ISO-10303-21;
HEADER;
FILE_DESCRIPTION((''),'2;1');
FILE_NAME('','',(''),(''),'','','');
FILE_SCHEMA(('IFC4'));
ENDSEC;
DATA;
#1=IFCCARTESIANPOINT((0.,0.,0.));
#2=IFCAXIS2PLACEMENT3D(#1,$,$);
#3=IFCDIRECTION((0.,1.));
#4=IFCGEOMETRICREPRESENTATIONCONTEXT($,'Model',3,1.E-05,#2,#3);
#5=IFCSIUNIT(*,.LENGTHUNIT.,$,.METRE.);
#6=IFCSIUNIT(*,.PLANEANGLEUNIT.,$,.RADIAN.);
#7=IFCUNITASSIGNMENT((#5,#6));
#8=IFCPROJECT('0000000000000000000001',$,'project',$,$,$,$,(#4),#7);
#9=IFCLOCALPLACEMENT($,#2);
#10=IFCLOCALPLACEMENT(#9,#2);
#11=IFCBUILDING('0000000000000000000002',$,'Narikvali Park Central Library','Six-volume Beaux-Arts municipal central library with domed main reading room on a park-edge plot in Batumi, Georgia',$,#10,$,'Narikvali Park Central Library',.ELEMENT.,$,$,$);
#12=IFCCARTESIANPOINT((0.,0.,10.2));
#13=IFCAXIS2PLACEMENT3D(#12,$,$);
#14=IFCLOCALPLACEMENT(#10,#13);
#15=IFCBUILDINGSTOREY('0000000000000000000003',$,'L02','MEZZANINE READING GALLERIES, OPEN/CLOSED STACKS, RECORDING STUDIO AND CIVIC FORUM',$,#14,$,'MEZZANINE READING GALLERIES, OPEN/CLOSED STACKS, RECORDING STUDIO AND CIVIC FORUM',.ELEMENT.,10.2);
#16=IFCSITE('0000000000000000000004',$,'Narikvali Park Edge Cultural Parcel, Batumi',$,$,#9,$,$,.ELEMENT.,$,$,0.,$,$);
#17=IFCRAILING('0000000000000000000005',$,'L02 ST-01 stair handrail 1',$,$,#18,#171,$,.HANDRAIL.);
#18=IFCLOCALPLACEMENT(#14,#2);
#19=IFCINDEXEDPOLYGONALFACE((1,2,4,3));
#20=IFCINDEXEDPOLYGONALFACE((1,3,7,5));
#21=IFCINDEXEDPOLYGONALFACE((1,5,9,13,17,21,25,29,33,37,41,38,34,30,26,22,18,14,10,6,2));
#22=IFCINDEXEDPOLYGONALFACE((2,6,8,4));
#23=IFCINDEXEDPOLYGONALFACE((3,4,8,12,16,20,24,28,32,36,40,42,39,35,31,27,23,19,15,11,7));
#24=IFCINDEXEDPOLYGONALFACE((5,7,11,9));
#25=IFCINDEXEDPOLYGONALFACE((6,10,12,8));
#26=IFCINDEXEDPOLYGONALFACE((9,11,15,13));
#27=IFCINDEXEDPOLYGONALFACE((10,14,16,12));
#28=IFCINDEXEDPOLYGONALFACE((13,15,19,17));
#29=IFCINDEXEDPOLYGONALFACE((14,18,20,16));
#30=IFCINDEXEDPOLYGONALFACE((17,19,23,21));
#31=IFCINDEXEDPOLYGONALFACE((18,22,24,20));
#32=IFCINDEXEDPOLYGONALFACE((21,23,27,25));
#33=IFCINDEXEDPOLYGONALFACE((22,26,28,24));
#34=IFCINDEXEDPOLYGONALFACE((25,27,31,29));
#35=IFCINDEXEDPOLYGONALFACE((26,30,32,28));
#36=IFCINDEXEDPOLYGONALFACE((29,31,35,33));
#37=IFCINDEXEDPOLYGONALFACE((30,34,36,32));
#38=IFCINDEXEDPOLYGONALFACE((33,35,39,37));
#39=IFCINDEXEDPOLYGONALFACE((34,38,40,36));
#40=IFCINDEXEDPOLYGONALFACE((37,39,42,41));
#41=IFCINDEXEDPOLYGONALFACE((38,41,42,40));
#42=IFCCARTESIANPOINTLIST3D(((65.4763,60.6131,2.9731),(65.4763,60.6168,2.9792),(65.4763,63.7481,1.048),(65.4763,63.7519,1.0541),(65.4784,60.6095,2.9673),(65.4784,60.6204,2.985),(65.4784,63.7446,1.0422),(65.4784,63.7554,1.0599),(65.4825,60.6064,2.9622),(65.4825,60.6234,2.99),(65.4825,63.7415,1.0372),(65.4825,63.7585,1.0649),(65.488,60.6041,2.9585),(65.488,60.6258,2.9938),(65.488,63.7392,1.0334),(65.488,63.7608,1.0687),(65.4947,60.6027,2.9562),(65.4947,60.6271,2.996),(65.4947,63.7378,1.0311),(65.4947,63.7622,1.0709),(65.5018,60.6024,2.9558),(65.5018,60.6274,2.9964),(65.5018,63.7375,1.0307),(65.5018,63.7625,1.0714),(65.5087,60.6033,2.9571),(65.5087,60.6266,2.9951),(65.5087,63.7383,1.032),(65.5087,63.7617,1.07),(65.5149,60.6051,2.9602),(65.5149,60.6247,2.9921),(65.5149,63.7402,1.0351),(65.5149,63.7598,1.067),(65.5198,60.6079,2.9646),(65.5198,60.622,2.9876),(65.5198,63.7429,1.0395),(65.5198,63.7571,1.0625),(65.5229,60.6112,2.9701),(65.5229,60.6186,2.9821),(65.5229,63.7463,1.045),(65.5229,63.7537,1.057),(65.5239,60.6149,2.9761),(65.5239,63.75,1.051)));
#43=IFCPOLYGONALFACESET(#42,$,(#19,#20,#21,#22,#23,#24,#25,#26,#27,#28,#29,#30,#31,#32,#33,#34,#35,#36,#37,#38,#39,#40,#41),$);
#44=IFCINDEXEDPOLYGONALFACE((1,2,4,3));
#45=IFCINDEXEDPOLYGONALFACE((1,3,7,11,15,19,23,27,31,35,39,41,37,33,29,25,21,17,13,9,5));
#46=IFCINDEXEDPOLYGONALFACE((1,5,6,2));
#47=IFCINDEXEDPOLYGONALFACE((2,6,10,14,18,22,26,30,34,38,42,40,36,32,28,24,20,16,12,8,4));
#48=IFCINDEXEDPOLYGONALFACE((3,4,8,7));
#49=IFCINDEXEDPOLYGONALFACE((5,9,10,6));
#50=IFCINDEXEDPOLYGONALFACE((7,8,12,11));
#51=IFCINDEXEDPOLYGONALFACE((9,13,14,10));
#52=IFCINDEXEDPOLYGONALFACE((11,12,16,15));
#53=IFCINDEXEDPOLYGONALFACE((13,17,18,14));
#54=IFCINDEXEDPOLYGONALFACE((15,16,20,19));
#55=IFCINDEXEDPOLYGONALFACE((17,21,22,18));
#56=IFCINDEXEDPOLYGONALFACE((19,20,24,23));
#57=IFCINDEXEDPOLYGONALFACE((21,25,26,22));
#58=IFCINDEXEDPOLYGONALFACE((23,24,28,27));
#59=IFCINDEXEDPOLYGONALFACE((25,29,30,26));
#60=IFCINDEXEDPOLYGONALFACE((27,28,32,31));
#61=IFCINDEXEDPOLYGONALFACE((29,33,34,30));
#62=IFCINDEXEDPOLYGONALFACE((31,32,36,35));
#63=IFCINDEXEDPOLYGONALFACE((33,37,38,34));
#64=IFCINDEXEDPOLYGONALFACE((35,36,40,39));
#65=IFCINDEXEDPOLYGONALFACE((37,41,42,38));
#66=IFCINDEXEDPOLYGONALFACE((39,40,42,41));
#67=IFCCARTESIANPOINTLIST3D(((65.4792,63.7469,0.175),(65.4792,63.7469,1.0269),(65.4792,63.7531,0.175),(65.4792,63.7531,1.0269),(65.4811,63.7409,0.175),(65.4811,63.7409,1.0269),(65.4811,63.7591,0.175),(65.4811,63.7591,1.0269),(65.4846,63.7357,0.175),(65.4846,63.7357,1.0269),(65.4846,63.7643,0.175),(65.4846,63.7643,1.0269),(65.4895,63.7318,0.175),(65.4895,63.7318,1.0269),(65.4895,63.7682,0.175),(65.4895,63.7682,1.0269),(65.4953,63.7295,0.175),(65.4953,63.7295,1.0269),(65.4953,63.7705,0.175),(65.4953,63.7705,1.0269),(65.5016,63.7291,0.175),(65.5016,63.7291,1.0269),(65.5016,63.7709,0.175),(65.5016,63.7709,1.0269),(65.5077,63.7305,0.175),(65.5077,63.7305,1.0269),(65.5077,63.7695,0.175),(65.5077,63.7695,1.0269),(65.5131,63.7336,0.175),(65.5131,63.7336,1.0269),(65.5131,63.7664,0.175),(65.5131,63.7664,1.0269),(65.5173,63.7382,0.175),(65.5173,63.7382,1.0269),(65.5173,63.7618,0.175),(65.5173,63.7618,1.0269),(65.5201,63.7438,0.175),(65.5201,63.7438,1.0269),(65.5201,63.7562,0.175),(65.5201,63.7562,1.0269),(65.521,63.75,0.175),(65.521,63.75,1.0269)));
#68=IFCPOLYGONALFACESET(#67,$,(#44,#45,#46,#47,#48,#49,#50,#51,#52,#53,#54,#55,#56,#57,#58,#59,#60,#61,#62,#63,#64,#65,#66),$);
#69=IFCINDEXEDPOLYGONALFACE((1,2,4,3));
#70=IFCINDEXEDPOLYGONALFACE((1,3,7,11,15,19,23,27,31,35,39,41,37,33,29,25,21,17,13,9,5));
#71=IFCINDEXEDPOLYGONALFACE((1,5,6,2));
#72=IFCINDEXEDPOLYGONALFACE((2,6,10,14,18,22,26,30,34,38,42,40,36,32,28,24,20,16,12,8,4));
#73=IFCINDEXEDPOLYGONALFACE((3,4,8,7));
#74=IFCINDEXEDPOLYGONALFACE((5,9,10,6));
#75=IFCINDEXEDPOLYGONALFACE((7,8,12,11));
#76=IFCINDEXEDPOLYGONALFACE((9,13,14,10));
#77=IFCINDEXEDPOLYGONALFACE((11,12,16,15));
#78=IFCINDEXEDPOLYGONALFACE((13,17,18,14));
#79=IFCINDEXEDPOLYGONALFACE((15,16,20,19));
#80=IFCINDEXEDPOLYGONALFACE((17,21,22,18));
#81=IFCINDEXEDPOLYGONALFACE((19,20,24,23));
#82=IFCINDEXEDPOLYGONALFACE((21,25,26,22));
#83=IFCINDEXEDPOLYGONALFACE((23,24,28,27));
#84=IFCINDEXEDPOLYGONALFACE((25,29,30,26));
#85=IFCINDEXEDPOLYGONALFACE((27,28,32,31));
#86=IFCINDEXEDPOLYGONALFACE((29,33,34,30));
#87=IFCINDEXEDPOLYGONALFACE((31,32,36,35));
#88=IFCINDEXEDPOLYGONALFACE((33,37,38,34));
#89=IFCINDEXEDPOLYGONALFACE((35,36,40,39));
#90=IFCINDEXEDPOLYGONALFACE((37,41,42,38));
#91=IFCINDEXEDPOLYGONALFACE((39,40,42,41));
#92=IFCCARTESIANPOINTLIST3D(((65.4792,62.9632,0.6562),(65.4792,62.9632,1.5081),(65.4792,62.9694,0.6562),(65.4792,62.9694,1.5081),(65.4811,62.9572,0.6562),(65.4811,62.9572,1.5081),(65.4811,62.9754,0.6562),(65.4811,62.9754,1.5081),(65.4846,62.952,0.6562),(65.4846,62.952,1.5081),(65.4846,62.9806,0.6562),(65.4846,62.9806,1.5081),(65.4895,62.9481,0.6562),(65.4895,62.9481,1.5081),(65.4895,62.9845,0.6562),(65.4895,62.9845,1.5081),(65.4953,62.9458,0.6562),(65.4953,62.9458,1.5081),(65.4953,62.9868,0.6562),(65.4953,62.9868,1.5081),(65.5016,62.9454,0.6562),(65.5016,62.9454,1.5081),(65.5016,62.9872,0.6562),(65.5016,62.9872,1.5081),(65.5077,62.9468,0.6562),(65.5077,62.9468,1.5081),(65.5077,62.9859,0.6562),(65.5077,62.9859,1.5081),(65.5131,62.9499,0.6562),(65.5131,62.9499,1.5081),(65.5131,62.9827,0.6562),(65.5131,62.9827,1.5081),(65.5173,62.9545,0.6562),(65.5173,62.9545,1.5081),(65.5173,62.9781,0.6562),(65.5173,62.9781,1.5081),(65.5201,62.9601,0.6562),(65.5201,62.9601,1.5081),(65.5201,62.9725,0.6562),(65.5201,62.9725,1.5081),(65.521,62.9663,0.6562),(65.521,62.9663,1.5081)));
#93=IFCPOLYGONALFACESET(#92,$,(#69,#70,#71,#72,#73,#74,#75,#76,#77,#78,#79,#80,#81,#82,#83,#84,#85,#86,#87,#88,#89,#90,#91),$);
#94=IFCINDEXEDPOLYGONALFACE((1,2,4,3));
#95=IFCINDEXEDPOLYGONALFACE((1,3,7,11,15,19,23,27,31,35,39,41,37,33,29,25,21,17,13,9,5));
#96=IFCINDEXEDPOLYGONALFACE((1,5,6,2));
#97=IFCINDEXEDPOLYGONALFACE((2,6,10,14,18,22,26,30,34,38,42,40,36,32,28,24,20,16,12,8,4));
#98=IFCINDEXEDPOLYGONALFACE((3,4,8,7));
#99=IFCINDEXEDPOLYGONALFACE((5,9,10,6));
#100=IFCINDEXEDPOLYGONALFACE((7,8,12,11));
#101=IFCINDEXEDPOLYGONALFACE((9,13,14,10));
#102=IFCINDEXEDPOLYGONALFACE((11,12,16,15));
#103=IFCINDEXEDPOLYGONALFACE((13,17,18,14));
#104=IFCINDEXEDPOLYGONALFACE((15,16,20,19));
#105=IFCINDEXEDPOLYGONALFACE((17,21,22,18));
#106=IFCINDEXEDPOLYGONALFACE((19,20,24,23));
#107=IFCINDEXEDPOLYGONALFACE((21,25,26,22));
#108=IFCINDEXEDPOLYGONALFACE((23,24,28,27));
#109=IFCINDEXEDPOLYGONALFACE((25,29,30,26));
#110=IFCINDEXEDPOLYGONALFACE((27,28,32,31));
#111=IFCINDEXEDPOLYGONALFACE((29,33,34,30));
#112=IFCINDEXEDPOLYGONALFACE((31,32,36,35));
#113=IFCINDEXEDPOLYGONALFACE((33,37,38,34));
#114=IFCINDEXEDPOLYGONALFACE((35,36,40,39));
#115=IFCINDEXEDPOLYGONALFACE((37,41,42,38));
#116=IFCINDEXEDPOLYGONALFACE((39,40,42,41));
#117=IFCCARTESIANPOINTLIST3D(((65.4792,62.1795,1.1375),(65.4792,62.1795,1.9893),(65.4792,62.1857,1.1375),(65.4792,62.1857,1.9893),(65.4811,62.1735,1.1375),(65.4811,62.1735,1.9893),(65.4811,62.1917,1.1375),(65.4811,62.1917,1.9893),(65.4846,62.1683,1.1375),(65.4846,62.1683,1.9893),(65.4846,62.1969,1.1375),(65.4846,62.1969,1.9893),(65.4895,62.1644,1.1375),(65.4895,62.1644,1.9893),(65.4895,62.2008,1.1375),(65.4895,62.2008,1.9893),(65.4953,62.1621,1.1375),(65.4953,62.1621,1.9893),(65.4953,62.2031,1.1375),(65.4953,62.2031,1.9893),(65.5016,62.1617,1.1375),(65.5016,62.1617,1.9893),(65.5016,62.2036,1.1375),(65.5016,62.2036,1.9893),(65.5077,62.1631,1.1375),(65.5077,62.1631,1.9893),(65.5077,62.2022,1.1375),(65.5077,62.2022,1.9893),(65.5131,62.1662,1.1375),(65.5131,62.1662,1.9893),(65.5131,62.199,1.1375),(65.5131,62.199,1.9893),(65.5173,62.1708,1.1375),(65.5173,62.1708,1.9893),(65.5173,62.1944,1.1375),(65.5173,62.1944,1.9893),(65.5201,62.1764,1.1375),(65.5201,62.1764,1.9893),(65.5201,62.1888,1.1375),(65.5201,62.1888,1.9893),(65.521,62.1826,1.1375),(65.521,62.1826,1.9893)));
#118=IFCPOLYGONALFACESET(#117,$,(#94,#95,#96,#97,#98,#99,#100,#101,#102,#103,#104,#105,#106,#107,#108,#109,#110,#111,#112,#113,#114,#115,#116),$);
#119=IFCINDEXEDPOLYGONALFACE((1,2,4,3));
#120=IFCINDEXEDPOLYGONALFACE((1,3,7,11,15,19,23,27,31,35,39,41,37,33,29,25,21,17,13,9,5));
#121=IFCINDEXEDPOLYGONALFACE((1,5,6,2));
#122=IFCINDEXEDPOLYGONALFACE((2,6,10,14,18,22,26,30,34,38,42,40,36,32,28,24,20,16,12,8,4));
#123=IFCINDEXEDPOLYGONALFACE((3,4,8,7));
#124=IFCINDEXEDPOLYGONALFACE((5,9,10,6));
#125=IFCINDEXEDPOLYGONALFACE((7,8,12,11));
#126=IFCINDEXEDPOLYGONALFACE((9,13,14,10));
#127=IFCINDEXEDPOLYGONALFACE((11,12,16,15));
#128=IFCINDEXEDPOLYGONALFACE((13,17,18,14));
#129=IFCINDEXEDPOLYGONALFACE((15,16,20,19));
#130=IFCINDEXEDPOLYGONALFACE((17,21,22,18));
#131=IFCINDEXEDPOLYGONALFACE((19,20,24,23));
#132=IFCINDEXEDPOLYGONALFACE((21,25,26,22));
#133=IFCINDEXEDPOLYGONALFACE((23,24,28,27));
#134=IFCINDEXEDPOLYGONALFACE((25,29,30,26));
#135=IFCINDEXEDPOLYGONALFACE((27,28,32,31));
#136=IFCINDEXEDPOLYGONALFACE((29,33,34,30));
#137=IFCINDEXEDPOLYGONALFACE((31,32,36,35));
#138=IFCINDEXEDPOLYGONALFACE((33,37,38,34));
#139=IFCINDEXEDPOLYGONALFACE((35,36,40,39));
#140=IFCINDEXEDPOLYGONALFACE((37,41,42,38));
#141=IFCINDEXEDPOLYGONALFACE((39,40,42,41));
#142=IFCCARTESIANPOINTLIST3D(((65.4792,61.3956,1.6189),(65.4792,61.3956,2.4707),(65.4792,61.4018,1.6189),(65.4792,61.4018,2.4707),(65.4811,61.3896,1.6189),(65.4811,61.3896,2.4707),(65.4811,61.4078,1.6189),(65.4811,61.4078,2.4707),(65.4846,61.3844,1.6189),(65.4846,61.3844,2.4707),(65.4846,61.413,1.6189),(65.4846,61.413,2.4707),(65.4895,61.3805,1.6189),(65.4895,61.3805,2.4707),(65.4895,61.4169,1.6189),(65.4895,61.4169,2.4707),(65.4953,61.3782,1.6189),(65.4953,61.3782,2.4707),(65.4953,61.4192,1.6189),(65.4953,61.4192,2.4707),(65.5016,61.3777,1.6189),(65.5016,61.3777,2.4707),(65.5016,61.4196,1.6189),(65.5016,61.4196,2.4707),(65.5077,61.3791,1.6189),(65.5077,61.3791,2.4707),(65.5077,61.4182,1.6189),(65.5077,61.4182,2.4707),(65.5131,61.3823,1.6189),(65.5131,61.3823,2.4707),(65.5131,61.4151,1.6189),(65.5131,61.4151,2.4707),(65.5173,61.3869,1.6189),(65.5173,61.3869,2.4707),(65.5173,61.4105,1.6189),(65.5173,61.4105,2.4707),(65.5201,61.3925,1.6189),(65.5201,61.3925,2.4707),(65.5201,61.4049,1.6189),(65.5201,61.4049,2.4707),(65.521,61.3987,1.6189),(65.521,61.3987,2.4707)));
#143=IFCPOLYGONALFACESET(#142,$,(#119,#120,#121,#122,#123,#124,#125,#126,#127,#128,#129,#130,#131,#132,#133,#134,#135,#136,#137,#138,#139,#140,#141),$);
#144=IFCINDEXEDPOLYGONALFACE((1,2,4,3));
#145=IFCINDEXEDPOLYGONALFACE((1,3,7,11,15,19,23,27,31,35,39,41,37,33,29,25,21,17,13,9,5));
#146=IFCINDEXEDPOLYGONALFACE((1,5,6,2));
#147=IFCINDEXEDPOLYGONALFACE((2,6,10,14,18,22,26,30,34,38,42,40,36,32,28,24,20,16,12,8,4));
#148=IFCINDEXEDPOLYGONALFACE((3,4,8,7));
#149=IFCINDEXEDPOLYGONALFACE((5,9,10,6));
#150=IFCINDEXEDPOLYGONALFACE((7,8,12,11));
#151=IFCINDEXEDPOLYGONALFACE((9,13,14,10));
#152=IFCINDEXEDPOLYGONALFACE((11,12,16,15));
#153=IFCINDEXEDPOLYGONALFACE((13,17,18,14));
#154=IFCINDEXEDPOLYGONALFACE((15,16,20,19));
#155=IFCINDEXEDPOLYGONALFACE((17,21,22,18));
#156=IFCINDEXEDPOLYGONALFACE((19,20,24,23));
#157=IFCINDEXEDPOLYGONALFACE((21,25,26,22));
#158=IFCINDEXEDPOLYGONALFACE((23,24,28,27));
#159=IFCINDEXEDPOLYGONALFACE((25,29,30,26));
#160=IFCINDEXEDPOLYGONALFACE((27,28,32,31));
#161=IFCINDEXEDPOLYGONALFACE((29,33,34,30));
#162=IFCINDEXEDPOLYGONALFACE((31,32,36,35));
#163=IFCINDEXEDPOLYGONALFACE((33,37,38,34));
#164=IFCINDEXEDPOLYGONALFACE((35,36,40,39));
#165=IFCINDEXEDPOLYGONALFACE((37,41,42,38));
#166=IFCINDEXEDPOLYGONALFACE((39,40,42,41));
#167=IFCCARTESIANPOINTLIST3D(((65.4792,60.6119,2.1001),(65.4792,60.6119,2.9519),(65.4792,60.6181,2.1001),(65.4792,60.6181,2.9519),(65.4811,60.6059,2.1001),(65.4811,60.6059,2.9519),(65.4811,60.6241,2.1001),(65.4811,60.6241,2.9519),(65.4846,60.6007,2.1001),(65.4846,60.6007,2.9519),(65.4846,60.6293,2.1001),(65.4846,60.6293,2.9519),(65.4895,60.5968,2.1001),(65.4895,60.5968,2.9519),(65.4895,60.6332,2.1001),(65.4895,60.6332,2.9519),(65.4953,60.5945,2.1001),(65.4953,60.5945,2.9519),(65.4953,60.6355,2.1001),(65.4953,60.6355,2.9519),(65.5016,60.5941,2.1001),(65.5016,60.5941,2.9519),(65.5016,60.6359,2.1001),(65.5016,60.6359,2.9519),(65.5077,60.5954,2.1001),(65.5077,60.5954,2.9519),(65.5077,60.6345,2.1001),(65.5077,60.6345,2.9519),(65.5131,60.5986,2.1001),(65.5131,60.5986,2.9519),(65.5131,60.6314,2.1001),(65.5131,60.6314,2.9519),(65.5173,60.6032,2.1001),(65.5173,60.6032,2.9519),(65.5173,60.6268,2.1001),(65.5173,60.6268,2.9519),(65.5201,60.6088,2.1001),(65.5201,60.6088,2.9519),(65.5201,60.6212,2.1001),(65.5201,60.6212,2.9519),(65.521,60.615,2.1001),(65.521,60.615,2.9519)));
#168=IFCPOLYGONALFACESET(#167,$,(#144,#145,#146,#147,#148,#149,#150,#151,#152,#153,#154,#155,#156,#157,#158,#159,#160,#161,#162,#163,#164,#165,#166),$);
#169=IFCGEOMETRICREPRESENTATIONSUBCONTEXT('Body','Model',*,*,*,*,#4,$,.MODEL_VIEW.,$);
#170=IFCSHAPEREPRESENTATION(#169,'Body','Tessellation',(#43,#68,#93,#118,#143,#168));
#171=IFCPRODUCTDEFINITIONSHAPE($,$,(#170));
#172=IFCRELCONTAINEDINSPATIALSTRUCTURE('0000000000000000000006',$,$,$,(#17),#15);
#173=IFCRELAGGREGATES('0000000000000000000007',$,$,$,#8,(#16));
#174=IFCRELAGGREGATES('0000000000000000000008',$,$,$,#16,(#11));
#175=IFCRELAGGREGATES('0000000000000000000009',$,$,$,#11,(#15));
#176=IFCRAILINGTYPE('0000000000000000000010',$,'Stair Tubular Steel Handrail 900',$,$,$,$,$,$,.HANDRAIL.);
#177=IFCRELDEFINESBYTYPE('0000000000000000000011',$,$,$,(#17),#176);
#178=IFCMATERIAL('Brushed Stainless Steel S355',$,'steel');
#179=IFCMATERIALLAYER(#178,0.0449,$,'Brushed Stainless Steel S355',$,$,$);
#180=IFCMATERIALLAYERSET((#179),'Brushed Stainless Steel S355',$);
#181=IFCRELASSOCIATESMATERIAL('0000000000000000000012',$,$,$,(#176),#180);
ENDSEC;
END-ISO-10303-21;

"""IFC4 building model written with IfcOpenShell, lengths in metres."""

from ifc_helpers import new_model, si_unit, direction, frame, origin, origin_2d, place, context, subcontext, project, spatial, circle, extrude, material, layer, layer_set, type_object, element, save


model = new_model("IFC4")

# Units and contexts
model_context = context("Model", 3, precision=1e-05, world=origin(), true_north=direction((0.0, 1.0)))
body_context = subcontext(model_context, "Body", "Model", "MODEL_VIEW")
ifc_project = project(units=[si_unit("LENGTHUNIT", "METRE"), si_unit("PLANEANGLEUNIT", "RADIAN")], contexts=[model_context])

# Site, building, storey
site_placement = place(None, origin())
site = spatial("IfcSite", under=ifc_project, at=site_placement, Name="Narikvali Park Edge Cultural Parcel, Batumi", CompositionType="ELEMENT", RefElevation=0.0)
building_placement = place(site_placement, origin())
building = spatial("IfcBuilding", under=site, at=building_placement, Name="Narikvali Park Central Library", Description="Six-volume Beaux-Arts municipal central library with domed main reading room on a park-edge plot in Batumi, Georgia", LongName="Narikvali Park Central Library", CompositionType="ELEMENT")
storey_placement = place(building_placement, frame((0.0, 0.0, 10.2)))
storey = spatial("IfcBuildingStorey", under=building, at=storey_placement, Name="L02", Description="MEZZANINE READING GALLERIES, OPEN/CLOSED STACKS, RECORDING STUDIO AND CIVIC FORUM", LongName="MEZZANINE READING GALLERIES, OPEN/CLOSED STACKS, RECORDING STUDIO AND CIVIC FORUM", CompositionType="ELEMENT", Elevation=10.2)

# Shared definitions
ifc_material_1 = material(Name="Brushed Stainless Steel S355", Category="steel")

# Railing
ifc_layer_1 = layer(ifc_material_1, 0.0449, Name="Brushed Stainless Steel S355")
ifc_layer_set_1 = layer_set([ifc_layer_1], Name="Brushed Stainless Steel S355")
railing_type_1 = type_object("IfcRailingType", Name="Stair Tubular Steel Handrail 900", PredefinedType="HANDRAIL", material=ifc_layer_set_1)
railing_1_placement = place(storey_placement, frame((65.5, 63.75, 0.175)))
element("IfcRailing", 1, at=railing_1_placement, inside=storey, type_object=railing_type_1, Name="L02 ST-01 stair handrail 1", PredefinedType="HANDRAIL", context=body_context, shape_type="SweptSolid", body=[
    extrude(circle(Radius=0.0239, at=origin_2d()), frame((0.0, 0.0, 0.876), z_axis=(0.0, -0.852166, 0.523271), x_axis=(1.0, 0.0, 0.0)), (0.0, 0.0, 1.0), 3.679),
    extrude(circle(Radius=0.021, at=origin_2d()), origin(), (0.0, 0.0, 1.0), 0.8518),
    extrude(circle(Radius=0.021, at=origin_2d()), frame((0.0, -0.7837, 0.4812)), (0.0, 0.0, 1.0), 0.8518),
    extrude(circle(Radius=0.021, at=origin_2d()), frame((0.0, -1.5674, 0.9624)), (0.0, 0.0, 1.0), 0.8518),
    extrude(circle(Radius=0.021, at=origin_2d()), frame((0.0, -2.3513, 1.4438)), (0.0, 0.0, 1.0), 0.8518),
    extrude(circle(Radius=0.021, at=origin_2d()), frame((0.0, -3.135, 1.925)), (0.0, 0.0, 1.0), 0.8518),
])

save(model, "model.ifc")
